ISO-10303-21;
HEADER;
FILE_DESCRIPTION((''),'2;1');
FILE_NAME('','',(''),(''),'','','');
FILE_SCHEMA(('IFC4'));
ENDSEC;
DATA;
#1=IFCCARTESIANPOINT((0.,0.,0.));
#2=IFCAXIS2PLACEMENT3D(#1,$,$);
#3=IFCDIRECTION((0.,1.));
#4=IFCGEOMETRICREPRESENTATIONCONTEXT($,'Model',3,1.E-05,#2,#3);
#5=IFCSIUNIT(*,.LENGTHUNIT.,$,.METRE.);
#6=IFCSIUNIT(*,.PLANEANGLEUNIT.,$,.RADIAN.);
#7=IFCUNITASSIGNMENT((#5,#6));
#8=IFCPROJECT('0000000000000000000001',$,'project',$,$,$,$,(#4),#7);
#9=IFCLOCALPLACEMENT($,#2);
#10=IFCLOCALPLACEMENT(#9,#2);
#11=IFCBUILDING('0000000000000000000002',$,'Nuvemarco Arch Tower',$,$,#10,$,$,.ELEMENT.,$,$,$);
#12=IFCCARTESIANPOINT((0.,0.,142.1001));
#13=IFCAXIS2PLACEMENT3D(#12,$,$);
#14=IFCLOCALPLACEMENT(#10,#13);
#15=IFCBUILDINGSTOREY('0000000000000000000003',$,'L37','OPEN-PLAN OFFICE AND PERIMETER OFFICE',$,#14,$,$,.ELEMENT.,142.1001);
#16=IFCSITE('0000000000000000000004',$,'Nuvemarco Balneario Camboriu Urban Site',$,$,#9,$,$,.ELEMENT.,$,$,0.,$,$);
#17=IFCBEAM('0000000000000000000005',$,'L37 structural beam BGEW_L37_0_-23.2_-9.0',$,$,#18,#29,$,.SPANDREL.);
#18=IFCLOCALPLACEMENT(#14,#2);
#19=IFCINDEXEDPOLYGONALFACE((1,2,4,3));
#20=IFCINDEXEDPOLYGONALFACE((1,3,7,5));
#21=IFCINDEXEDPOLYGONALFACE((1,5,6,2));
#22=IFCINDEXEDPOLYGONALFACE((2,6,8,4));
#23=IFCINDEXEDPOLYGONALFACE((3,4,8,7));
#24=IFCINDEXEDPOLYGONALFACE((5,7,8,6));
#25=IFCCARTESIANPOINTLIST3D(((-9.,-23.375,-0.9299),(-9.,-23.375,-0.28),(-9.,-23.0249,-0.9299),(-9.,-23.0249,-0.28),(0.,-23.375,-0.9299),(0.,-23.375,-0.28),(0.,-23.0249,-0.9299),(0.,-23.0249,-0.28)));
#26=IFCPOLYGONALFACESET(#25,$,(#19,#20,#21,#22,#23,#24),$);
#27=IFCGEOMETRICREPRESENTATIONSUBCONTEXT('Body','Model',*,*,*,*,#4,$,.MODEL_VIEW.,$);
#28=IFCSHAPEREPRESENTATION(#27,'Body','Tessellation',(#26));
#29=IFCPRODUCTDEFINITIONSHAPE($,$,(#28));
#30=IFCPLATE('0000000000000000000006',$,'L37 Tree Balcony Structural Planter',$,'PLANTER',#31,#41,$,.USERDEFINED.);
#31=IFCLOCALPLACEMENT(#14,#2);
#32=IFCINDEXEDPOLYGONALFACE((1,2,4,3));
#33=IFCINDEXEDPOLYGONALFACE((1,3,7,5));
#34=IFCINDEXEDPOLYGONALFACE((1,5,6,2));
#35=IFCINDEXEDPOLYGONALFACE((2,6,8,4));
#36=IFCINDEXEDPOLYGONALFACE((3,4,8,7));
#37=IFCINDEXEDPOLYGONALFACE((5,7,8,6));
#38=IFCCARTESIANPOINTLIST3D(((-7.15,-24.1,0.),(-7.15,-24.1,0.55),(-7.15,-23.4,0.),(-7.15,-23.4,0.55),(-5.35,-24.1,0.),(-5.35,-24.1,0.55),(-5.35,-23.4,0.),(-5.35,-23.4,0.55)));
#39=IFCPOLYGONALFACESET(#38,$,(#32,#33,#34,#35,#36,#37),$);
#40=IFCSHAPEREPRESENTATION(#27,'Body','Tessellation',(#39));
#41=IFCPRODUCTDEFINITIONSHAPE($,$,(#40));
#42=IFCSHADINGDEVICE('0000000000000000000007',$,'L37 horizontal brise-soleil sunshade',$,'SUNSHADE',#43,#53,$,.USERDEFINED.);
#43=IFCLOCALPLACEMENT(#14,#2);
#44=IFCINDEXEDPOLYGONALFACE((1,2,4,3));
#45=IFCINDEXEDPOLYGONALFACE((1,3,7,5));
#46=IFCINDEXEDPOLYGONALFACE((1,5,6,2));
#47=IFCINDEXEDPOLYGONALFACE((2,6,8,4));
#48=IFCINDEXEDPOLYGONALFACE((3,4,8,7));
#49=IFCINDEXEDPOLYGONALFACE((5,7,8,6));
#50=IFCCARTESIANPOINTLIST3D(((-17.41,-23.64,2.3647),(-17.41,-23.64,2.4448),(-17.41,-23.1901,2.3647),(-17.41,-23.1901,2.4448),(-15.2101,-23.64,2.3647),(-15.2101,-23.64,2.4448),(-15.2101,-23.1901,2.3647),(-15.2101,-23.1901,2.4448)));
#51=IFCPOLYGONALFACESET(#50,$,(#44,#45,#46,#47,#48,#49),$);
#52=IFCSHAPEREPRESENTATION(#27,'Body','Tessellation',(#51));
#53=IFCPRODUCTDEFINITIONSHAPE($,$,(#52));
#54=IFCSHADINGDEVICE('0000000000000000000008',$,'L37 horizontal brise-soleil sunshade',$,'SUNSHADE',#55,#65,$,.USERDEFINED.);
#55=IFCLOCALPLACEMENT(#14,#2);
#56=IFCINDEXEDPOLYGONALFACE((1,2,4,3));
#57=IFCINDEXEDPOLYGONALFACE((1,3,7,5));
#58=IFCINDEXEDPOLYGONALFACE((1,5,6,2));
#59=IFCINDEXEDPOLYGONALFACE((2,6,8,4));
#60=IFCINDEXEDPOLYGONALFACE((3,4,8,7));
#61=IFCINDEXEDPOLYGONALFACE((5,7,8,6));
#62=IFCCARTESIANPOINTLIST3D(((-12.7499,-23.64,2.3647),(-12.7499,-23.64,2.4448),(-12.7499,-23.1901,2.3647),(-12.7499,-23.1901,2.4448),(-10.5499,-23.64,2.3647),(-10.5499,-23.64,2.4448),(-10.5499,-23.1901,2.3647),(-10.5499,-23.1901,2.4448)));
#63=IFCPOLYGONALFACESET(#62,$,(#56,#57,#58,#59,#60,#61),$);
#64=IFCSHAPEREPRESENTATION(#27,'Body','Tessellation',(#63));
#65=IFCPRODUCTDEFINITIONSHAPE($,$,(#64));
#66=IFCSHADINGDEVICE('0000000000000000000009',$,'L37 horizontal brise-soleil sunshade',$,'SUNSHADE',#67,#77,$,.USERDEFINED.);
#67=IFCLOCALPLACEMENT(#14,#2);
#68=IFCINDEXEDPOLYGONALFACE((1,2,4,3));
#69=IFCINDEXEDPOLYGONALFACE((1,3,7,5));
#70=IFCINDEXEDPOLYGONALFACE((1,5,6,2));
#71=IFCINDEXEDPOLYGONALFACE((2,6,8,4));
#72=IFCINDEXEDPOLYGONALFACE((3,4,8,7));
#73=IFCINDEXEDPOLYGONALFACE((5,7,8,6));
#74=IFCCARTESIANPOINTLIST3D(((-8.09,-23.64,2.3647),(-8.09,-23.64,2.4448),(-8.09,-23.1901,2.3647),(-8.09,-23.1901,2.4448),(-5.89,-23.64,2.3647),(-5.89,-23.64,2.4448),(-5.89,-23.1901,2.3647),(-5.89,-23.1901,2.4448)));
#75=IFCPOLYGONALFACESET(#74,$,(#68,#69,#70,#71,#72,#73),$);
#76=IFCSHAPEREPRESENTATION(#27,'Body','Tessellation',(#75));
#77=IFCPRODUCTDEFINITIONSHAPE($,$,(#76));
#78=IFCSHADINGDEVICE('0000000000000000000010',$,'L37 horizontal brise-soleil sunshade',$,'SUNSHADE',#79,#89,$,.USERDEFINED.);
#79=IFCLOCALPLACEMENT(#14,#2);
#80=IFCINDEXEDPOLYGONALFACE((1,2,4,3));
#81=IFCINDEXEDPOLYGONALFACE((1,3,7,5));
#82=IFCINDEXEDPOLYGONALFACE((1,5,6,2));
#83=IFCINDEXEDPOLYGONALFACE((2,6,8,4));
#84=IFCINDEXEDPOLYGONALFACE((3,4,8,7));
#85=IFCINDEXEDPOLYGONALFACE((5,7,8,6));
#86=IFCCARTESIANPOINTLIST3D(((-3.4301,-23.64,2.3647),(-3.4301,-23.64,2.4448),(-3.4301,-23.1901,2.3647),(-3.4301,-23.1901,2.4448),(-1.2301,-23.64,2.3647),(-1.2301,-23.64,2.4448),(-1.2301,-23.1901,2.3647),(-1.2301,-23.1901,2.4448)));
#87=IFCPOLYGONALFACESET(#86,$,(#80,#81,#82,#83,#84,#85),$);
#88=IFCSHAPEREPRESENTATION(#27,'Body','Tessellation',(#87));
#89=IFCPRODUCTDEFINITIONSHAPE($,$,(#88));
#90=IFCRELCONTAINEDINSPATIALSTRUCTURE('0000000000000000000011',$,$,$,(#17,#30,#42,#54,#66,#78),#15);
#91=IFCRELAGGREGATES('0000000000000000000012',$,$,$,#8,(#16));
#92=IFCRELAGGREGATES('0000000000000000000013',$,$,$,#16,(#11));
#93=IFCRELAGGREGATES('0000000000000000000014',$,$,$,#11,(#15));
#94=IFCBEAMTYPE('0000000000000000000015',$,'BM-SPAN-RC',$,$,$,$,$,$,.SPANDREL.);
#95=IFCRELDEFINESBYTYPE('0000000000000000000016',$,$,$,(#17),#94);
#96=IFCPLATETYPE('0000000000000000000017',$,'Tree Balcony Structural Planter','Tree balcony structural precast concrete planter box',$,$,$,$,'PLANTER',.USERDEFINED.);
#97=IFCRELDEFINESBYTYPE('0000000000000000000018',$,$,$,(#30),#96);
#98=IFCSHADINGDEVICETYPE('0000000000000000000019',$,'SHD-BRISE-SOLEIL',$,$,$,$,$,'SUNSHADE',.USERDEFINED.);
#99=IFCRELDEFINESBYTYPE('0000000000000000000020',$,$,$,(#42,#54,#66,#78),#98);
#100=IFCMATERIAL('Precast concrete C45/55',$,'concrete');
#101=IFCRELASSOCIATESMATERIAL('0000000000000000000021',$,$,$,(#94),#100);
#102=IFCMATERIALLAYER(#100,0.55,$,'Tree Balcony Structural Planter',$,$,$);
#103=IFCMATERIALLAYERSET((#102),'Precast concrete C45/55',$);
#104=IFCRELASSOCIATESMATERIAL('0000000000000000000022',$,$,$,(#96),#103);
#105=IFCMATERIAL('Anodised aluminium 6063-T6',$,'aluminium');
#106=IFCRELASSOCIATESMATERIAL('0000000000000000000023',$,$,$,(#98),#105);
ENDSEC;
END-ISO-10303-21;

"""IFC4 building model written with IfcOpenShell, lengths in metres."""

from ifc_helpers import new_model, si_unit, direction, frame, origin, origin_2d, place, context, subcontext, project, spatial, rectangle, extrude, source, transform, mapped, material, layer, layer_set, material_profile, profile_set, type_object, type_shapes, element, save


model = new_model("IFC4")

# Units and contexts
model_context = context("Model", 3, precision=1e-05, world=origin(), true_north=direction((0.0, 1.0)))
body_context = subcontext(model_context, "Body", "Model", "MODEL_VIEW")
ifc_project = project(units=[si_unit("LENGTHUNIT", "METRE"), si_unit("PLANEANGLEUNIT", "RADIAN")], contexts=[model_context])

# Site, building, storey
site_placement = place(None, origin())
site = spatial("IfcSite", under=ifc_project, at=site_placement, Name="Nuvemarco Balneario Camboriu Urban Site", CompositionType="ELEMENT", RefElevation=0.0)
building_placement = place(site_placement, origin())
building = spatial("IfcBuilding", under=site, at=building_placement, Name="Nuvemarco Arch Tower", CompositionType="ELEMENT")
storey_placement = place(building_placement, frame((0.0, 0.0, 142.1001)))
storey = spatial("IfcBuildingStorey", under=building, at=storey_placement, Name="L37", Description="OPEN-PLAN OFFICE AND PERIMETER OFFICE", CompositionType="ELEMENT", Elevation=142.1001)

# Beam
ifc_material_1 = material(Name="Precast concrete C45/55", Category="concrete")
ifc_material_profile_1 = material_profile(ifc_material_1, rectangle(XDim=0.3501, YDim=0.6499, at=origin_2d()), Name="PC-SP-350x650")
ifc_profile_set_1 = profile_set([ifc_material_profile_1], Name="Precast concrete C45/55")
beam_type_1 = type_object("IfcBeamType", Name="BM-SPAN-RC", PredefinedType="SPANDREL", material=ifc_profile_set_1)
beam_1_placement = place(storey_placement, frame((-9.0, -23.2, -0.605), z_axis=(1.0, 0.0, 0.0), x_axis=(0.0, 1.0, 0.0)))
element("IfcBeam", 1, at=beam_1_placement, inside=storey, type_object=beam_type_1, Name="L37 structural beam BGEW_L37_0_-23.2_-9.0", PredefinedType="SPANDREL", context=body_context, shape_type="SweptSolid", body=[
    extrude(rectangle(XDim=0.3501, YDim=0.6499, at=origin_2d()), origin(), (0.0, 0.0, 1.0), 9.0),
])

# Plate
ifc_layer = layer(ifc_material_1, 0.55, Name="Tree Balcony Structural Planter")
ifc_layer_set = layer_set([ifc_layer], Name="Precast concrete C45/55")
plate_type = type_object("IfcPlateType", Name="Tree Balcony Structural Planter", Description="Tree balcony structural precast concrete planter box", ElementType="PLANTER", PredefinedType="USERDEFINED", material=ifc_layer_set)
shared_shape_1 = source(origin(), body_context, "Body", "SweptSolid", [
    extrude(rectangle(XDim=1.8, YDim=0.7, at=origin_2d()), origin(), (0.0, 0.0, 1.0), 0.55),
])
type_shapes(plate_type, [shared_shape_1])
plate_placement = place(storey_placement, frame((-6.25, -23.75, 0.0), z_axis=(0.0, 0.0, 1.0), x_axis=(1.0, 0.0, 0.0)))
element("IfcPlate", 2, at=plate_placement, inside=storey, type_object=plate_type, Name="L37 Tree Balcony Structural Planter", ObjectType="PLANTER", PredefinedType="USERDEFINED", context=body_context, shape_type="MappedRepresentation", body=[
    mapped(shared_shape_1, transform((0.0, 0.0, 0.0), scale=1.0)),
])

# Shading devices
ifc_material_2 = material(Name="Anodised aluminium 6063-T6", Category="aluminium")
shading_device_type = type_object("IfcShadingDeviceType", Name="SHD-BRISE-SOLEIL", ElementType="SUNSHADE", PredefinedType="USERDEFINED", material=ifc_material_2)
shared_shape_2 = source(origin(), body_context, "Body", "SweptSolid", [
    extrude(rectangle(XDim=2.2, YDim=0.45, at=origin_2d()), origin(), (0.0, 0.0, 1.0), 0.0801),
])
type_shapes(shading_device_type, [shared_shape_2])
for number, where, z_axis, x_axis, name in (
    (3, (-16.3101, -23.415, 2.3647), (0.0, 0.0, 1.0), (1.0, 0.0, 0.0), "L37 horizontal brise-soleil sunshade"),
    (4, (-11.6499, -23.415, 2.3647), (0.0, 0.0, 1.0), (1.0, 0.0, 0.0), "L37 horizontal brise-soleil sunshade"),
    (5, (-6.99, -23.415, 2.3647), (0.0, 0.0, 1.0), (1.0, 0.0, 0.0), "L37 horizontal brise-soleil sunshade"),
    (6, (-2.3301, -23.415, 2.3647), (0.0, 0.0, 1.0), (1.0, 0.0, 0.0), "L37 horizontal brise-soleil sunshade"),
):
    element("IfcShadingDevice", number, at=place(storey_placement, frame(where, z_axis=z_axis, x_axis=x_axis)), inside=storey, type_object=shading_device_type, Name=name, ObjectType="SUNSHADE", PredefinedType="USERDEFINED", context=body_context, shape_type="MappedRepresentation", body=[
        mapped(shared_shape_2, transform((0.0, 0.0, 0.0), scale=1.0)),
    ])

save(model, "model.ifc")
